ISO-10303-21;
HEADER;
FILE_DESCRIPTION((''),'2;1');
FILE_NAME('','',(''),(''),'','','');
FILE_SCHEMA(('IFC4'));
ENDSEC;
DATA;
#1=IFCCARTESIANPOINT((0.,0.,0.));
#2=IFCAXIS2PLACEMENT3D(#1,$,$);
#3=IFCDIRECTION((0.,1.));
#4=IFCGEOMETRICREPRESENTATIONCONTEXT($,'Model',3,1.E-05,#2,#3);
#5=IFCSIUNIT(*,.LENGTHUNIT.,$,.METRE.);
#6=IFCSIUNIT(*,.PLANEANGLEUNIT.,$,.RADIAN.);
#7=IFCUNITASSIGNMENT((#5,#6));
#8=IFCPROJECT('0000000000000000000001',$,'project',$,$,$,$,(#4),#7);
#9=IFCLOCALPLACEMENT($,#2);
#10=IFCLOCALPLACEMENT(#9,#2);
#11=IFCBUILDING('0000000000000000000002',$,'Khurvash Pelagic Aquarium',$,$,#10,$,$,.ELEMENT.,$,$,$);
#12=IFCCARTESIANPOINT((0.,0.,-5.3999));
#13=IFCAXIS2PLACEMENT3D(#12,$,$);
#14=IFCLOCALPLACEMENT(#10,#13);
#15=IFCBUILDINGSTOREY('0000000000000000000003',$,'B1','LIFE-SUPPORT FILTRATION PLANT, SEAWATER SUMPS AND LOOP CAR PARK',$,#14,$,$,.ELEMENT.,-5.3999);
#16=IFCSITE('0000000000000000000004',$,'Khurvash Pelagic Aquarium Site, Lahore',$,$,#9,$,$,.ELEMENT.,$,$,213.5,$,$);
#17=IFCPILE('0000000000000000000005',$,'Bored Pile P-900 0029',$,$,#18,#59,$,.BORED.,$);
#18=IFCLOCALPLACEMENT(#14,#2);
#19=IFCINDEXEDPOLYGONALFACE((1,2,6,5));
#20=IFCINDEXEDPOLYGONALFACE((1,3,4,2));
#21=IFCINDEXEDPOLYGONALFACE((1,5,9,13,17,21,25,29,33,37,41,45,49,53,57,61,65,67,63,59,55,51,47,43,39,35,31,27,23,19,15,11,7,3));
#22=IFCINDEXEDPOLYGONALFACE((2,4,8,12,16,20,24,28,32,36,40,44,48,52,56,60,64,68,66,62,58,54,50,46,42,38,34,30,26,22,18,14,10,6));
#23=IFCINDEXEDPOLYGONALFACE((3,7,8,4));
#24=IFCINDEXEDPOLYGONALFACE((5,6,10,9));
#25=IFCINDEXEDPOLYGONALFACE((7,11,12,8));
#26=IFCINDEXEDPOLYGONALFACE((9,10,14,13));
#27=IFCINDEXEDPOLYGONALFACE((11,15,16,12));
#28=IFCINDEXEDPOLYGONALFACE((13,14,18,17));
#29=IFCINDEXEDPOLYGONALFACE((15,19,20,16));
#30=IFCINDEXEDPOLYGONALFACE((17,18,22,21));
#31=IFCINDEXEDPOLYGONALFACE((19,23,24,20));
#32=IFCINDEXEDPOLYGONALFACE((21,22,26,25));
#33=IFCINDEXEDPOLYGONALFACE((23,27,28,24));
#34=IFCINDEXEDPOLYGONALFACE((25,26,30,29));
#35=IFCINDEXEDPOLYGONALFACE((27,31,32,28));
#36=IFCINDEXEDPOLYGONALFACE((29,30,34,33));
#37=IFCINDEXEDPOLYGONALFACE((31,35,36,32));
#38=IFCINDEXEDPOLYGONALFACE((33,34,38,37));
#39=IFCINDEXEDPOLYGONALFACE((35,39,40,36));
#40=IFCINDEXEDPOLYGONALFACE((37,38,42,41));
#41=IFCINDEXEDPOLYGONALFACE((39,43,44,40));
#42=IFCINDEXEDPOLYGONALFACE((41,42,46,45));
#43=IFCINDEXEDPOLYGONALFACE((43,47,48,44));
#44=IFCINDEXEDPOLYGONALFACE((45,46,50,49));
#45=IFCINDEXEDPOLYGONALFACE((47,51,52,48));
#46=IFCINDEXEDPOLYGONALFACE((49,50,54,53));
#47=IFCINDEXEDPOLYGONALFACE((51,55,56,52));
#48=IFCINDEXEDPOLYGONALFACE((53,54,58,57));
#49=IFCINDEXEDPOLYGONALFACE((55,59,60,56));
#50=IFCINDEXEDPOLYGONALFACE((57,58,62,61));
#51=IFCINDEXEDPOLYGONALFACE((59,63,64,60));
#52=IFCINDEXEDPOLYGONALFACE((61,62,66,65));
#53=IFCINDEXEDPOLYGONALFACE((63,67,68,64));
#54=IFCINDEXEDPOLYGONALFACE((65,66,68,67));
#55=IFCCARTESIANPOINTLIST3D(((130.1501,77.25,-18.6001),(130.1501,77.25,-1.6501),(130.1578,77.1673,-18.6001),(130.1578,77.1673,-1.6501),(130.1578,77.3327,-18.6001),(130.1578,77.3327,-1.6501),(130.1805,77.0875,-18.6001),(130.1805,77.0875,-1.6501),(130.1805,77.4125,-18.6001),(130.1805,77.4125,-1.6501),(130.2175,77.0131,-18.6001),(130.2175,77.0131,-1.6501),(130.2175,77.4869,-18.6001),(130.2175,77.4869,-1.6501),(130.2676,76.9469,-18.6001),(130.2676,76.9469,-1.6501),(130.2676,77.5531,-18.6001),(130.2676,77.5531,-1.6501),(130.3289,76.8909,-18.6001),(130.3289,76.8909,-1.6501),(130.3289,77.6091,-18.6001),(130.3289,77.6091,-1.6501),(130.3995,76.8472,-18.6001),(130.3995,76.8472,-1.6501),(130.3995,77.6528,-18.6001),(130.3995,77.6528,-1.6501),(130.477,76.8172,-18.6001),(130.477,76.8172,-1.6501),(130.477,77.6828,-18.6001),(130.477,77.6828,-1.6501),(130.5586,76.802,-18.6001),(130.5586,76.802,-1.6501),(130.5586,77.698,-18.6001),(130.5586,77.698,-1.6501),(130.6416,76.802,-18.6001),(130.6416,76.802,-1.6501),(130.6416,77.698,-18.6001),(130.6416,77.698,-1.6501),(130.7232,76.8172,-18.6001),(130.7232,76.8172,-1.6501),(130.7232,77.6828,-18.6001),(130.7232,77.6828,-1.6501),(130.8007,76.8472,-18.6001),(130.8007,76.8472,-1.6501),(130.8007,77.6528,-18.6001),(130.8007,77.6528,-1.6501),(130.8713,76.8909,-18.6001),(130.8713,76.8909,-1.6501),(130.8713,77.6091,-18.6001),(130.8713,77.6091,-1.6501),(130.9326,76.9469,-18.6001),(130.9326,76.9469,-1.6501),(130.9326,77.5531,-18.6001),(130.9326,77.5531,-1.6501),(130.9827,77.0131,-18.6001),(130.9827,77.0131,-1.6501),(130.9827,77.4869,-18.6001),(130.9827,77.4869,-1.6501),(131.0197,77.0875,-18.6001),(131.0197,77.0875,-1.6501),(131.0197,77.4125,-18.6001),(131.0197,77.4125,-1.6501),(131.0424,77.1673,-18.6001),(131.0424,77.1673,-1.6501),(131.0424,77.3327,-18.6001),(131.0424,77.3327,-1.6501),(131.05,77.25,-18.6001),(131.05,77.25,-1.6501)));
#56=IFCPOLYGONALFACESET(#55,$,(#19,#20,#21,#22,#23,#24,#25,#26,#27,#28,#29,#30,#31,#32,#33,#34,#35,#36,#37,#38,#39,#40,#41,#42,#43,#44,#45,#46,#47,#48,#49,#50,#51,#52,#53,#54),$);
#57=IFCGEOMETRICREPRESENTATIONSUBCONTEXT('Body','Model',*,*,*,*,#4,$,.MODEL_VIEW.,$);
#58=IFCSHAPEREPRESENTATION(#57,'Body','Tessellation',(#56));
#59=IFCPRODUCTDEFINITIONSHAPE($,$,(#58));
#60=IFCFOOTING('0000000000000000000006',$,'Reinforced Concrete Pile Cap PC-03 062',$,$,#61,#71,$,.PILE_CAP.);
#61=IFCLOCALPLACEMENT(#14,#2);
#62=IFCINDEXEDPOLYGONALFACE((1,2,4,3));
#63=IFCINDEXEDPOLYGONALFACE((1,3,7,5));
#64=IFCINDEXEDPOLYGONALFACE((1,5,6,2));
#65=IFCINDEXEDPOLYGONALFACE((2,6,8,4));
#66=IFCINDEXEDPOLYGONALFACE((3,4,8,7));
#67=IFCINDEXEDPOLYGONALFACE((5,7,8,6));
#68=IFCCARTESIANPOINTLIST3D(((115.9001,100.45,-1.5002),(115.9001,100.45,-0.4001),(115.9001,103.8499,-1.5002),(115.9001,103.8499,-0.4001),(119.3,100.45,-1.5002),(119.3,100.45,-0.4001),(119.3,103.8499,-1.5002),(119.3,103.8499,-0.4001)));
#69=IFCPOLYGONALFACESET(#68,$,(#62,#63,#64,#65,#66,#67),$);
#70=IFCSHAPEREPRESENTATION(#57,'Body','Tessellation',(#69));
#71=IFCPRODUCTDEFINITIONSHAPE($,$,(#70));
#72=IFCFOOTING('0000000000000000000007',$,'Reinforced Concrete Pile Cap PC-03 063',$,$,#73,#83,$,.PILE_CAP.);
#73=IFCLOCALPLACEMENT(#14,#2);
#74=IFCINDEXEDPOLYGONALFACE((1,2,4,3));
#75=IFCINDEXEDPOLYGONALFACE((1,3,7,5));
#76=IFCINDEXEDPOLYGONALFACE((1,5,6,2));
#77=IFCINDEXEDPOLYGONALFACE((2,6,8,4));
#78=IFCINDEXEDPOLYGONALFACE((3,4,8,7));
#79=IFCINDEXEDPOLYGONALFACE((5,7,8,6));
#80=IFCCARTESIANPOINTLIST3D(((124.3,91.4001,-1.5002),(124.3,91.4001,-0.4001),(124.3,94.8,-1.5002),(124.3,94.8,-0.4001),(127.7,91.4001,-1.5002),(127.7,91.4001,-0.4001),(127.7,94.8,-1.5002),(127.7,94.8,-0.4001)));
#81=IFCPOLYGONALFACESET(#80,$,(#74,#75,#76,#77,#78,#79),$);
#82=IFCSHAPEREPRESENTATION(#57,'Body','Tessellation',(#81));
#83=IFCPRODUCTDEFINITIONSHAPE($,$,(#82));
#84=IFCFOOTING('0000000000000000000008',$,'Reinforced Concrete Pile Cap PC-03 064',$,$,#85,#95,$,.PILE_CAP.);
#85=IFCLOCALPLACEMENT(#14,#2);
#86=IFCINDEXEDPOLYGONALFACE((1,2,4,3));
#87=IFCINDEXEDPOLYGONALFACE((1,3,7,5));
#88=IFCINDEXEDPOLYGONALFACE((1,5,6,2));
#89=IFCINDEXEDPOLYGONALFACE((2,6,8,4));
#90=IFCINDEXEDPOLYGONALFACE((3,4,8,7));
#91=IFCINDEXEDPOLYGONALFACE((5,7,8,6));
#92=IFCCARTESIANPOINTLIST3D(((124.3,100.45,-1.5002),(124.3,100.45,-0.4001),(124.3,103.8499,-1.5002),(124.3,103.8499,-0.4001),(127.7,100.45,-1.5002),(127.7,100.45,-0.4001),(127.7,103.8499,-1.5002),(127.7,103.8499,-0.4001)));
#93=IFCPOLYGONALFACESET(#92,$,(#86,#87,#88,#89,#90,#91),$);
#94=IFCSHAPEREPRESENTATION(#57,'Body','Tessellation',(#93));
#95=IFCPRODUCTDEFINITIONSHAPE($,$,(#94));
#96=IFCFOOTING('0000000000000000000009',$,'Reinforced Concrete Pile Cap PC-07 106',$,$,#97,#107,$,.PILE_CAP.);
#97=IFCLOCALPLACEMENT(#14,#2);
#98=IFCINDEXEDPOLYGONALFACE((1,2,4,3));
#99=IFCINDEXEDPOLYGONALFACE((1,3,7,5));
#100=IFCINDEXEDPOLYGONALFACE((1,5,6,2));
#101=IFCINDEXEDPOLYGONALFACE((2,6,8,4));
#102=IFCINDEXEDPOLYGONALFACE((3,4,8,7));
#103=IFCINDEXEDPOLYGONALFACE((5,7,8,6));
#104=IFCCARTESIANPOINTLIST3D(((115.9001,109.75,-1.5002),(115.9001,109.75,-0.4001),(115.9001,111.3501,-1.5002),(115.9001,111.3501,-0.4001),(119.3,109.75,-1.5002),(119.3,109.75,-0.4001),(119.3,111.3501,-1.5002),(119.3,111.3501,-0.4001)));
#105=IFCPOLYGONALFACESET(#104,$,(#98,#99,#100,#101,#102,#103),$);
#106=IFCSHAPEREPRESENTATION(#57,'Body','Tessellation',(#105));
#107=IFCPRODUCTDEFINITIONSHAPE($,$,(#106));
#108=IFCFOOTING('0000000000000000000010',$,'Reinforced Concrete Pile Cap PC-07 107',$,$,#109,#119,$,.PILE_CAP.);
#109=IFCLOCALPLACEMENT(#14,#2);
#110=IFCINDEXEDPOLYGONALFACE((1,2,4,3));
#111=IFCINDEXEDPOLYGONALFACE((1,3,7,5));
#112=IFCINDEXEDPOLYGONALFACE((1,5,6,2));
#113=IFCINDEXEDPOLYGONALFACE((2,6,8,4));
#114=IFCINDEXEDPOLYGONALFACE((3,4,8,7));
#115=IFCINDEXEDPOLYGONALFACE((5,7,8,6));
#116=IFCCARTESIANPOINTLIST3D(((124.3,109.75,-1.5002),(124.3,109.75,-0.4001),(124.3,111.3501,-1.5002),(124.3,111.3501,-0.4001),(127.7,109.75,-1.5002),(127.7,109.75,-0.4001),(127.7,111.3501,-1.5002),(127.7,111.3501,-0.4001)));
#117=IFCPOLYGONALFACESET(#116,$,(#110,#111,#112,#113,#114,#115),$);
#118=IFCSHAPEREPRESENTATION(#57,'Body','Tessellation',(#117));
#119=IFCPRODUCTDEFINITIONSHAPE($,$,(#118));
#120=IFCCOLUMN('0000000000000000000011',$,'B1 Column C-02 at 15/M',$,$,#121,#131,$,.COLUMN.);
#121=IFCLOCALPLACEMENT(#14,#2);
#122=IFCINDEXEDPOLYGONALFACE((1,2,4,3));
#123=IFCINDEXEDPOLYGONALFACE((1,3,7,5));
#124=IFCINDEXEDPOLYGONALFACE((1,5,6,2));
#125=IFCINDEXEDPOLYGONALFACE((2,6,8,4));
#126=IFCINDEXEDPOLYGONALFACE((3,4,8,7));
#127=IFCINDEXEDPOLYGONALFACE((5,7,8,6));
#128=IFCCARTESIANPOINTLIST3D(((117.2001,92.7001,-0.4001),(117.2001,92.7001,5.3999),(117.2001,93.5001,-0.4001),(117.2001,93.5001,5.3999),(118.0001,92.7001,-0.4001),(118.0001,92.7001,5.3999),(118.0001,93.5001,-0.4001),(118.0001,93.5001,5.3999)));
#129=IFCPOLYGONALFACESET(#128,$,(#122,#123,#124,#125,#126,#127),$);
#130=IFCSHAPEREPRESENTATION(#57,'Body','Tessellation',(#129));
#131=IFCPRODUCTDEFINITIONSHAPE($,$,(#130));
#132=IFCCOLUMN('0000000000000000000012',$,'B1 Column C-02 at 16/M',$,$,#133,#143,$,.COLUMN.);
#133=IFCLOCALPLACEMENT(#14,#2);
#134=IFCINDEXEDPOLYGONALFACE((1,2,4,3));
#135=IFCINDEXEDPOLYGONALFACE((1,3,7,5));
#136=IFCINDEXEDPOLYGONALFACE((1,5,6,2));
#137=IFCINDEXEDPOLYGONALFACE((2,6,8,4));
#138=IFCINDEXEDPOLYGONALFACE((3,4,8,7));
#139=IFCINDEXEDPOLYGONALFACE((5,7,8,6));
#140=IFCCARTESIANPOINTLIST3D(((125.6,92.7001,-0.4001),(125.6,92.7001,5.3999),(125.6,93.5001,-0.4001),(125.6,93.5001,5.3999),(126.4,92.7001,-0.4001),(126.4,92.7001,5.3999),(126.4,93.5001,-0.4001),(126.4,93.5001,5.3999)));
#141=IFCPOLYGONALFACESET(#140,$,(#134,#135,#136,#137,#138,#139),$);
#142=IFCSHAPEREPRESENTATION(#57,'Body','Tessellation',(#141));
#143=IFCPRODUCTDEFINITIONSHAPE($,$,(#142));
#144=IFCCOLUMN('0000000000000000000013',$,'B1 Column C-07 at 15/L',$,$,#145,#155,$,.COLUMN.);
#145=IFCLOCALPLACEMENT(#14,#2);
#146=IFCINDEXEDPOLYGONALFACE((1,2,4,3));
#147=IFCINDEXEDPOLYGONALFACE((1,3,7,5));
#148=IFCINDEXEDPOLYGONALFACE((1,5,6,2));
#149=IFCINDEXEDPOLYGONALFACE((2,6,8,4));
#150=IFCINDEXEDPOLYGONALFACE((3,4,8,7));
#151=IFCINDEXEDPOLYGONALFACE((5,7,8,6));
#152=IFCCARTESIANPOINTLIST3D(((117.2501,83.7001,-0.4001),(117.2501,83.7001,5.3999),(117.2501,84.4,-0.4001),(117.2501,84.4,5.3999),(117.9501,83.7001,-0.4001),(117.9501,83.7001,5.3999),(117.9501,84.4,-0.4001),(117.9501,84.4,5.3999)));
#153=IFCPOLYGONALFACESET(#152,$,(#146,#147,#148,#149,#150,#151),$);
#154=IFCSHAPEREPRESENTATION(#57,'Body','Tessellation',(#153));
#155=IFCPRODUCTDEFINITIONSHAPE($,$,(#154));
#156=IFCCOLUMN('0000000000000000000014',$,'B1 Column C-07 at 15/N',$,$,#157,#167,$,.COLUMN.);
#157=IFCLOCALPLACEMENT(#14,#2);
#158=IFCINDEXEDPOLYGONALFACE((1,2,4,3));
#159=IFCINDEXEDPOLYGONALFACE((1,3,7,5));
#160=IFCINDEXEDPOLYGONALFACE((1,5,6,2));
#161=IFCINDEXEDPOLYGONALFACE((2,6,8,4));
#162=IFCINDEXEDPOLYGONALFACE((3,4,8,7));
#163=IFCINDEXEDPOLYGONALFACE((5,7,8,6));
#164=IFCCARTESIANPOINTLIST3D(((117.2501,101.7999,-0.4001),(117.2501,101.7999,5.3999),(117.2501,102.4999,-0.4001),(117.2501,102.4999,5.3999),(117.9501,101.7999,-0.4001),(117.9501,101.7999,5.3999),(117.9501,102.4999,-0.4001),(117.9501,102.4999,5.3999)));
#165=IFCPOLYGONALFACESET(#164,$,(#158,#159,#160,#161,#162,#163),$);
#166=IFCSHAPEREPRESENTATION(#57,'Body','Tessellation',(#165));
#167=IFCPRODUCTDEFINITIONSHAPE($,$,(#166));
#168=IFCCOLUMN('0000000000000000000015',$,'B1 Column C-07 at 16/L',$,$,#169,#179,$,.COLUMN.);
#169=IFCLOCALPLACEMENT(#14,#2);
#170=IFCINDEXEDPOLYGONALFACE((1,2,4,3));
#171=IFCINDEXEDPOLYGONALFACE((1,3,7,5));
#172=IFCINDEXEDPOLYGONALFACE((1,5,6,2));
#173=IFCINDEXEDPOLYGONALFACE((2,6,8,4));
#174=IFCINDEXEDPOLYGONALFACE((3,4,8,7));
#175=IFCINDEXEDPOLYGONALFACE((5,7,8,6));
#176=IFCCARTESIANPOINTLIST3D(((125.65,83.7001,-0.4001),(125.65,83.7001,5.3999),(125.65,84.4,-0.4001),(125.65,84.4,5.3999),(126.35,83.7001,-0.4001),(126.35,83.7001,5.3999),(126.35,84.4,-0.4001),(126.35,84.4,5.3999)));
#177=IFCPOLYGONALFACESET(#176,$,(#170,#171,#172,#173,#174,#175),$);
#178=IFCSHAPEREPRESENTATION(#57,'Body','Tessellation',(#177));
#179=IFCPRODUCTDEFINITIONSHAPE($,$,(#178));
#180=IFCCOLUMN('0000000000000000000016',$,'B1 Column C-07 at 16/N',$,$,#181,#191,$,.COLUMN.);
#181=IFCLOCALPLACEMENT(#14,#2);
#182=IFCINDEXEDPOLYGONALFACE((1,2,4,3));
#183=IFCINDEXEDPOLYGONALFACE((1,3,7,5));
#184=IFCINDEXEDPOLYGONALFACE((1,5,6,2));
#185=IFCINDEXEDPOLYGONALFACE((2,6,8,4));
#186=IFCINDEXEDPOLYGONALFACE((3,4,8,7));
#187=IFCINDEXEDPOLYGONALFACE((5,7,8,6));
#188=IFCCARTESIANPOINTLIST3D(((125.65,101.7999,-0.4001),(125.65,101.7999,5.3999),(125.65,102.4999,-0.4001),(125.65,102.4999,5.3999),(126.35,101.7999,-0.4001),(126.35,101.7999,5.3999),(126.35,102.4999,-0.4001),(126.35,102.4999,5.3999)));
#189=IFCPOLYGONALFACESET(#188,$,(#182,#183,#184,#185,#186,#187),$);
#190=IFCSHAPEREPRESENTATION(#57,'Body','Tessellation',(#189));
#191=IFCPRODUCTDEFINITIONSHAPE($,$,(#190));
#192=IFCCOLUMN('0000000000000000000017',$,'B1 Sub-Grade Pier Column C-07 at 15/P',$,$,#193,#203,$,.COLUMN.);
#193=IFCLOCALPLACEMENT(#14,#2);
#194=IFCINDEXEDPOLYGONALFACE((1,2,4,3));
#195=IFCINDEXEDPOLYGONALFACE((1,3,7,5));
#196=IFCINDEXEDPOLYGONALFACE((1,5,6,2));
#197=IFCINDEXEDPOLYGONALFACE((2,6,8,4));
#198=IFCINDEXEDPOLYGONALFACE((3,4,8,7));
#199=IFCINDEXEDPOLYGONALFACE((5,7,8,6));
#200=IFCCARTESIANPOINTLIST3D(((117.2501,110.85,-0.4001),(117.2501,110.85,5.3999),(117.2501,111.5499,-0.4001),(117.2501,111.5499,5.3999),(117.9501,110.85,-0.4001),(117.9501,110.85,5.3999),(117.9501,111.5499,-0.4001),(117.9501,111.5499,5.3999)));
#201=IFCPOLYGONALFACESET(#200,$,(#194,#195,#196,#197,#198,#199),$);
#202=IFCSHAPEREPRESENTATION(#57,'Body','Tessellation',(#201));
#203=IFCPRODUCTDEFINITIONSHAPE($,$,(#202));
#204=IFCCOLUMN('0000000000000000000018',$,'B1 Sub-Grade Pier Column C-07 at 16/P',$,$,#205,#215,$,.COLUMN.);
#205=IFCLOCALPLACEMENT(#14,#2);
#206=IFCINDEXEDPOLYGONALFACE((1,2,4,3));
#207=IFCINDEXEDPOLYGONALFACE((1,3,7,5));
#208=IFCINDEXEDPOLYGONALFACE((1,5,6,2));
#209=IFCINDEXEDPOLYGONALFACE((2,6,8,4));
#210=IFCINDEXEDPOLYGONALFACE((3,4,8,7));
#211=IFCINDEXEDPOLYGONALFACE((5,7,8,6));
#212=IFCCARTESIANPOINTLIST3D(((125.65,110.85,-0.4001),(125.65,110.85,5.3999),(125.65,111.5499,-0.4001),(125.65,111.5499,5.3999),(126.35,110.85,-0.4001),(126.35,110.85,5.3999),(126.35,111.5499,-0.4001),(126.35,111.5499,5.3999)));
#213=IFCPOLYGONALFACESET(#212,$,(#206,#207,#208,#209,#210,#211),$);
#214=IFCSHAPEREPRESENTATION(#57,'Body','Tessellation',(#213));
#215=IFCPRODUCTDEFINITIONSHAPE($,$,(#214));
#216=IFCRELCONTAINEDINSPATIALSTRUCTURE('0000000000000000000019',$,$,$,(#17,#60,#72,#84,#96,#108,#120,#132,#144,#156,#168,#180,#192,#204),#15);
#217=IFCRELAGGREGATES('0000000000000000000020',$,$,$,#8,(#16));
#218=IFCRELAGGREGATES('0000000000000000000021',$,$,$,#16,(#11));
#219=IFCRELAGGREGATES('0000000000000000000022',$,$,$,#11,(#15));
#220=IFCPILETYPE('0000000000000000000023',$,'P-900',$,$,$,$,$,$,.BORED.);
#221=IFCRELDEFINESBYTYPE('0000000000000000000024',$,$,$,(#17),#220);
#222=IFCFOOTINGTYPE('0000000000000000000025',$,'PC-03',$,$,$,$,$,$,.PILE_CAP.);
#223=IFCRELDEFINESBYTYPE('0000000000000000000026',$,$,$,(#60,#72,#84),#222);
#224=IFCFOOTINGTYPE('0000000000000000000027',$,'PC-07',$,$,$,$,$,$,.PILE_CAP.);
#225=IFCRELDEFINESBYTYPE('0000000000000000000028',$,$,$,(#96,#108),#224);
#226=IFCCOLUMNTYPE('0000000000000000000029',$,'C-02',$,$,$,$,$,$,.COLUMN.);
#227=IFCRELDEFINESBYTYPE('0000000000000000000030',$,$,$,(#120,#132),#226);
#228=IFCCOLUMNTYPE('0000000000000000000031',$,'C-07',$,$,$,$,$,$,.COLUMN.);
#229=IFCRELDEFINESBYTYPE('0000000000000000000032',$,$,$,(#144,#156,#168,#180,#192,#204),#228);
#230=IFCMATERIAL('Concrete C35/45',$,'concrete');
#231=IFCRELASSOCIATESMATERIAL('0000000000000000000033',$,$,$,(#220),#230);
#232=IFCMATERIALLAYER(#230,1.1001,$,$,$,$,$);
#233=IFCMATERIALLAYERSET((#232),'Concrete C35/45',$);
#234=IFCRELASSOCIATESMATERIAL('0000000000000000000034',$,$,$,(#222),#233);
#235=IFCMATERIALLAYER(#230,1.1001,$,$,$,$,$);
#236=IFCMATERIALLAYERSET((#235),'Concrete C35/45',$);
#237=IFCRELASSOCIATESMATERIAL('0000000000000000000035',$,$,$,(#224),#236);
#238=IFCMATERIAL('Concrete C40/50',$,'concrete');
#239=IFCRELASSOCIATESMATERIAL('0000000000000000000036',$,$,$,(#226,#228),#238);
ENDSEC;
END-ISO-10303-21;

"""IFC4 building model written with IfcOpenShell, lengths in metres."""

from ifc_helpers import new_model, si_unit, direction, frame, origin, origin_2d, place, context, subcontext, project, spatial, rectangle, circle, extrude, material, layer, layer_set, material_profile, profile_set, type_object, element, save


model = new_model("IFC4")

# Units and contexts
model_context = context("Model", 3, precision=1e-05, world=origin(), true_north=direction((0.0, 1.0)))
body_context = subcontext(model_context, "Body", "Model", "MODEL_VIEW")
ifc_project = project(units=[si_unit("LENGTHUNIT", "METRE"), si_unit("PLANEANGLEUNIT", "RADIAN")], contexts=[model_context])

# Site, building, storey
site_placement = place(None, origin())
site = spatial("IfcSite", under=ifc_project, at=site_placement, Name="Khurvash Pelagic Aquarium Site, Lahore", CompositionType="ELEMENT", RefElevation=213.5)
building_placement = place(site_placement, origin())
building = spatial("IfcBuilding", under=site, at=building_placement, Name="Khurvash Pelagic Aquarium", CompositionType="ELEMENT")
storey_placement = place(building_placement, frame((0.0, 0.0, -5.3999)))
storey = spatial("IfcBuildingStorey", under=building, at=storey_placement, Name="B1", Description="LIFE-SUPPORT FILTRATION PLANT, SEAWATER SUMPS AND LOOP CAR PARK", CompositionType="ELEMENT", Elevation=-5.3999)

# Shared definitions
ifc_material_1 = material(Name="Concrete C35/45", Category="concrete")

# Pile
ifc_material_profile_1 = material_profile(ifc_material_1, circle(Radius=0.45, at=origin_2d()), Name="PILE900")
ifc_profile_set_1 = profile_set([ifc_material_profile_1], Name="Concrete C35/45")
pile_type_1 = type_object("IfcPileType", Name="P-900", PredefinedType="BORED", material=ifc_profile_set_1)
for number, where, z_axis, x_axis, name in (
    (1, (130.6001, 77.25, -1.6501), (0.0, 0.0, -1.0), (1.0, 0.0, 0.0), "Bored Pile P-900 0029"),
):
    element("IfcPile", number, at=place(storey_placement, frame(where, z_axis=z_axis, x_axis=x_axis)), inside=storey, type_object=pile_type_1, Name=name, PredefinedType="BORED", context=body_context, shape_type="SweptSolid", body=[
        extrude(circle(Radius=0.45, at=origin_2d()), origin(), (0.0, 0.0, 1.0), 16.95),
    ])

# Footings
ifc_layer_1 = layer(ifc_material_1, 1.1001)
ifc_layer_set_1 = layer_set([ifc_layer_1], Name="Concrete C35/45")
footing_type_1 = type_object("IfcFootingType", Name="PC-03", PredefinedType="PILE_CAP", material=ifc_layer_set_1)
for number, where, z_axis, x_axis, name in (
    (2, (117.6001, 102.1499, -1.5002), (0.0, 0.0, 1.0), (1.0, 0.0, 0.0), "Reinforced Concrete Pile Cap PC-03 062"),
    (3, (126.0, 93.1001, -1.5002), (0.0, 0.0, 1.0), (1.0, 0.0, 0.0), "Reinforced Concrete Pile Cap PC-03 063"),
    (4, (126.0, 102.1499, -1.5002), (0.0, 0.0, 1.0), (1.0, 0.0, 0.0), "Reinforced Concrete Pile Cap PC-03 064"),
):
    element("IfcFooting", number, at=place(storey_placement, frame(where, z_axis=z_axis, x_axis=x_axis)), inside=storey, type_object=footing_type_1, Name=name, PredefinedType="PILE_CAP", context=body_context, shape_type="SweptSolid", body=[
        extrude(rectangle(XDim=3.3999, YDim=3.3999, at=origin_2d()), origin(), (0.0, 0.0, 1.0), 1.1001),
    ])
ifc_layer_2 = layer(ifc_material_1, 1.1001)
ifc_layer_set_2 = layer_set([ifc_layer_2], Name="Concrete C35/45")
footing_type_2 = type_object("IfcFootingType", Name="PC-07", PredefinedType="PILE_CAP", material=ifc_layer_set_2)
for number, where, z_axis, x_axis, name in (
    (5, (117.6001, 110.55, -1.5002), (0.0, 0.0, 1.0), (1.0, 0.0, 0.0), "Reinforced Concrete Pile Cap PC-07 106"),
    (6, (126.0, 110.55, -1.5002), (0.0, 0.0, 1.0), (1.0, 0.0, 0.0), "Reinforced Concrete Pile Cap PC-07 107"),
):
    element("IfcFooting", number, at=place(storey_placement, frame(where, z_axis=z_axis, x_axis=x_axis)), inside=storey, type_object=footing_type_2, Name=name, PredefinedType="PILE_CAP", context=body_context, shape_type="SweptSolid", body=[
        extrude(rectangle(XDim=3.3999, YDim=1.6001, at=origin_2d()), origin(), (0.0, 0.0, 1.0), 1.1001),
    ])

# Columns
ifc_material_2 = material(Name="Concrete C40/50", Category="concrete")
ifc_material_profile_2 = material_profile(ifc_material_2, rectangle(XDim=0.8, YDim=0.8, at=origin_2d()), Name="RC800X800")
ifc_profile_set_2 = profile_set([ifc_material_profile_2], Name="Concrete C40/50")
column_type_1 = type_object("IfcColumnType", Name="C-02", PredefinedType="COLUMN", material=ifc_profile_set_2)
for number, where, z_axis, x_axis, name in (
    (7, (117.6001, 93.1001, -0.4001), (0.0, 0.0, 1.0), (1.0, 0.0, 0.0), "B1 Column C-02 at 15/M"),
    (8, (126.0, 93.1001, -0.4001), (0.0, 0.0, 1.0), (1.0, 0.0, 0.0), "B1 Column C-02 at 16/M"),
):
    element("IfcColumn", number, at=place(storey_placement, frame(where, z_axis=z_axis, x_axis=x_axis)), inside=storey, type_object=column_type_1, Name=name, PredefinedType="COLUMN", context=body_context, shape_type="SweptSolid", body=[
        extrude(rectangle(XDim=0.8, YDim=0.8, at=origin_2d()), origin(), (0.0, 0.0, 1.0), 5.8),
    ])
ifc_material_profile_3 = material_profile(ifc_material_2, rectangle(XDim=0.7, YDim=0.7, at=origin_2d()), Name="RC700X700")
ifc_profile_set_3 = profile_set([ifc_material_profile_3], Name="Concrete C40/50")
column_type_2 = type_object("IfcColumnType", Name="C-07", PredefinedType="COLUMN", material=ifc_profile_set_3)
for number, where, z_axis, x_axis, name in (
    (9, (117.6001, 84.05, -0.4001), (0.0, 0.0, 1.0), (1.0, 0.0, 0.0), "B1 Column C-07 at 15/L"),
    (10, (117.6001, 102.1499, -0.4001), (0.0, 0.0, 1.0), (1.0, 0.0, 0.0), "B1 Column C-07 at 15/N"),
    (11, (126.0, 84.05, -0.4001), (0.0, 0.0, 1.0), (1.0, 0.0, 0.0), "B1 Column C-07 at 16/L"),
    (12, (126.0, 102.1499, -0.4001), (0.0, 0.0, 1.0), (1.0, 0.0, 0.0), "B1 Column C-07 at 16/N"),
    (13, (117.6001, 111.2, -0.4001), (0.0, 0.0, 1.0), (1.0, 0.0, 0.0), "B1 Sub-Grade Pier Column C-07 at 15/P"),
    (14, (126.0, 111.2, -0.4001), (0.0, 0.0, 1.0), (1.0, 0.0, 0.0), "B1 Sub-Grade Pier Column C-07 at 16/P"),
):
    element("IfcColumn", number, at=place(storey_placement, frame(where, z_axis=z_axis, x_axis=x_axis)), inside=storey, type_object=column_type_2, Name=name, PredefinedType="COLUMN", context=body_context, shape_type="SweptSolid", body=[
        extrude(rectangle(XDim=0.7, YDim=0.7, at=origin_2d()), origin(), (0.0, 0.0, 1.0), 5.8),
    ])

save(model, "model.ifc")
